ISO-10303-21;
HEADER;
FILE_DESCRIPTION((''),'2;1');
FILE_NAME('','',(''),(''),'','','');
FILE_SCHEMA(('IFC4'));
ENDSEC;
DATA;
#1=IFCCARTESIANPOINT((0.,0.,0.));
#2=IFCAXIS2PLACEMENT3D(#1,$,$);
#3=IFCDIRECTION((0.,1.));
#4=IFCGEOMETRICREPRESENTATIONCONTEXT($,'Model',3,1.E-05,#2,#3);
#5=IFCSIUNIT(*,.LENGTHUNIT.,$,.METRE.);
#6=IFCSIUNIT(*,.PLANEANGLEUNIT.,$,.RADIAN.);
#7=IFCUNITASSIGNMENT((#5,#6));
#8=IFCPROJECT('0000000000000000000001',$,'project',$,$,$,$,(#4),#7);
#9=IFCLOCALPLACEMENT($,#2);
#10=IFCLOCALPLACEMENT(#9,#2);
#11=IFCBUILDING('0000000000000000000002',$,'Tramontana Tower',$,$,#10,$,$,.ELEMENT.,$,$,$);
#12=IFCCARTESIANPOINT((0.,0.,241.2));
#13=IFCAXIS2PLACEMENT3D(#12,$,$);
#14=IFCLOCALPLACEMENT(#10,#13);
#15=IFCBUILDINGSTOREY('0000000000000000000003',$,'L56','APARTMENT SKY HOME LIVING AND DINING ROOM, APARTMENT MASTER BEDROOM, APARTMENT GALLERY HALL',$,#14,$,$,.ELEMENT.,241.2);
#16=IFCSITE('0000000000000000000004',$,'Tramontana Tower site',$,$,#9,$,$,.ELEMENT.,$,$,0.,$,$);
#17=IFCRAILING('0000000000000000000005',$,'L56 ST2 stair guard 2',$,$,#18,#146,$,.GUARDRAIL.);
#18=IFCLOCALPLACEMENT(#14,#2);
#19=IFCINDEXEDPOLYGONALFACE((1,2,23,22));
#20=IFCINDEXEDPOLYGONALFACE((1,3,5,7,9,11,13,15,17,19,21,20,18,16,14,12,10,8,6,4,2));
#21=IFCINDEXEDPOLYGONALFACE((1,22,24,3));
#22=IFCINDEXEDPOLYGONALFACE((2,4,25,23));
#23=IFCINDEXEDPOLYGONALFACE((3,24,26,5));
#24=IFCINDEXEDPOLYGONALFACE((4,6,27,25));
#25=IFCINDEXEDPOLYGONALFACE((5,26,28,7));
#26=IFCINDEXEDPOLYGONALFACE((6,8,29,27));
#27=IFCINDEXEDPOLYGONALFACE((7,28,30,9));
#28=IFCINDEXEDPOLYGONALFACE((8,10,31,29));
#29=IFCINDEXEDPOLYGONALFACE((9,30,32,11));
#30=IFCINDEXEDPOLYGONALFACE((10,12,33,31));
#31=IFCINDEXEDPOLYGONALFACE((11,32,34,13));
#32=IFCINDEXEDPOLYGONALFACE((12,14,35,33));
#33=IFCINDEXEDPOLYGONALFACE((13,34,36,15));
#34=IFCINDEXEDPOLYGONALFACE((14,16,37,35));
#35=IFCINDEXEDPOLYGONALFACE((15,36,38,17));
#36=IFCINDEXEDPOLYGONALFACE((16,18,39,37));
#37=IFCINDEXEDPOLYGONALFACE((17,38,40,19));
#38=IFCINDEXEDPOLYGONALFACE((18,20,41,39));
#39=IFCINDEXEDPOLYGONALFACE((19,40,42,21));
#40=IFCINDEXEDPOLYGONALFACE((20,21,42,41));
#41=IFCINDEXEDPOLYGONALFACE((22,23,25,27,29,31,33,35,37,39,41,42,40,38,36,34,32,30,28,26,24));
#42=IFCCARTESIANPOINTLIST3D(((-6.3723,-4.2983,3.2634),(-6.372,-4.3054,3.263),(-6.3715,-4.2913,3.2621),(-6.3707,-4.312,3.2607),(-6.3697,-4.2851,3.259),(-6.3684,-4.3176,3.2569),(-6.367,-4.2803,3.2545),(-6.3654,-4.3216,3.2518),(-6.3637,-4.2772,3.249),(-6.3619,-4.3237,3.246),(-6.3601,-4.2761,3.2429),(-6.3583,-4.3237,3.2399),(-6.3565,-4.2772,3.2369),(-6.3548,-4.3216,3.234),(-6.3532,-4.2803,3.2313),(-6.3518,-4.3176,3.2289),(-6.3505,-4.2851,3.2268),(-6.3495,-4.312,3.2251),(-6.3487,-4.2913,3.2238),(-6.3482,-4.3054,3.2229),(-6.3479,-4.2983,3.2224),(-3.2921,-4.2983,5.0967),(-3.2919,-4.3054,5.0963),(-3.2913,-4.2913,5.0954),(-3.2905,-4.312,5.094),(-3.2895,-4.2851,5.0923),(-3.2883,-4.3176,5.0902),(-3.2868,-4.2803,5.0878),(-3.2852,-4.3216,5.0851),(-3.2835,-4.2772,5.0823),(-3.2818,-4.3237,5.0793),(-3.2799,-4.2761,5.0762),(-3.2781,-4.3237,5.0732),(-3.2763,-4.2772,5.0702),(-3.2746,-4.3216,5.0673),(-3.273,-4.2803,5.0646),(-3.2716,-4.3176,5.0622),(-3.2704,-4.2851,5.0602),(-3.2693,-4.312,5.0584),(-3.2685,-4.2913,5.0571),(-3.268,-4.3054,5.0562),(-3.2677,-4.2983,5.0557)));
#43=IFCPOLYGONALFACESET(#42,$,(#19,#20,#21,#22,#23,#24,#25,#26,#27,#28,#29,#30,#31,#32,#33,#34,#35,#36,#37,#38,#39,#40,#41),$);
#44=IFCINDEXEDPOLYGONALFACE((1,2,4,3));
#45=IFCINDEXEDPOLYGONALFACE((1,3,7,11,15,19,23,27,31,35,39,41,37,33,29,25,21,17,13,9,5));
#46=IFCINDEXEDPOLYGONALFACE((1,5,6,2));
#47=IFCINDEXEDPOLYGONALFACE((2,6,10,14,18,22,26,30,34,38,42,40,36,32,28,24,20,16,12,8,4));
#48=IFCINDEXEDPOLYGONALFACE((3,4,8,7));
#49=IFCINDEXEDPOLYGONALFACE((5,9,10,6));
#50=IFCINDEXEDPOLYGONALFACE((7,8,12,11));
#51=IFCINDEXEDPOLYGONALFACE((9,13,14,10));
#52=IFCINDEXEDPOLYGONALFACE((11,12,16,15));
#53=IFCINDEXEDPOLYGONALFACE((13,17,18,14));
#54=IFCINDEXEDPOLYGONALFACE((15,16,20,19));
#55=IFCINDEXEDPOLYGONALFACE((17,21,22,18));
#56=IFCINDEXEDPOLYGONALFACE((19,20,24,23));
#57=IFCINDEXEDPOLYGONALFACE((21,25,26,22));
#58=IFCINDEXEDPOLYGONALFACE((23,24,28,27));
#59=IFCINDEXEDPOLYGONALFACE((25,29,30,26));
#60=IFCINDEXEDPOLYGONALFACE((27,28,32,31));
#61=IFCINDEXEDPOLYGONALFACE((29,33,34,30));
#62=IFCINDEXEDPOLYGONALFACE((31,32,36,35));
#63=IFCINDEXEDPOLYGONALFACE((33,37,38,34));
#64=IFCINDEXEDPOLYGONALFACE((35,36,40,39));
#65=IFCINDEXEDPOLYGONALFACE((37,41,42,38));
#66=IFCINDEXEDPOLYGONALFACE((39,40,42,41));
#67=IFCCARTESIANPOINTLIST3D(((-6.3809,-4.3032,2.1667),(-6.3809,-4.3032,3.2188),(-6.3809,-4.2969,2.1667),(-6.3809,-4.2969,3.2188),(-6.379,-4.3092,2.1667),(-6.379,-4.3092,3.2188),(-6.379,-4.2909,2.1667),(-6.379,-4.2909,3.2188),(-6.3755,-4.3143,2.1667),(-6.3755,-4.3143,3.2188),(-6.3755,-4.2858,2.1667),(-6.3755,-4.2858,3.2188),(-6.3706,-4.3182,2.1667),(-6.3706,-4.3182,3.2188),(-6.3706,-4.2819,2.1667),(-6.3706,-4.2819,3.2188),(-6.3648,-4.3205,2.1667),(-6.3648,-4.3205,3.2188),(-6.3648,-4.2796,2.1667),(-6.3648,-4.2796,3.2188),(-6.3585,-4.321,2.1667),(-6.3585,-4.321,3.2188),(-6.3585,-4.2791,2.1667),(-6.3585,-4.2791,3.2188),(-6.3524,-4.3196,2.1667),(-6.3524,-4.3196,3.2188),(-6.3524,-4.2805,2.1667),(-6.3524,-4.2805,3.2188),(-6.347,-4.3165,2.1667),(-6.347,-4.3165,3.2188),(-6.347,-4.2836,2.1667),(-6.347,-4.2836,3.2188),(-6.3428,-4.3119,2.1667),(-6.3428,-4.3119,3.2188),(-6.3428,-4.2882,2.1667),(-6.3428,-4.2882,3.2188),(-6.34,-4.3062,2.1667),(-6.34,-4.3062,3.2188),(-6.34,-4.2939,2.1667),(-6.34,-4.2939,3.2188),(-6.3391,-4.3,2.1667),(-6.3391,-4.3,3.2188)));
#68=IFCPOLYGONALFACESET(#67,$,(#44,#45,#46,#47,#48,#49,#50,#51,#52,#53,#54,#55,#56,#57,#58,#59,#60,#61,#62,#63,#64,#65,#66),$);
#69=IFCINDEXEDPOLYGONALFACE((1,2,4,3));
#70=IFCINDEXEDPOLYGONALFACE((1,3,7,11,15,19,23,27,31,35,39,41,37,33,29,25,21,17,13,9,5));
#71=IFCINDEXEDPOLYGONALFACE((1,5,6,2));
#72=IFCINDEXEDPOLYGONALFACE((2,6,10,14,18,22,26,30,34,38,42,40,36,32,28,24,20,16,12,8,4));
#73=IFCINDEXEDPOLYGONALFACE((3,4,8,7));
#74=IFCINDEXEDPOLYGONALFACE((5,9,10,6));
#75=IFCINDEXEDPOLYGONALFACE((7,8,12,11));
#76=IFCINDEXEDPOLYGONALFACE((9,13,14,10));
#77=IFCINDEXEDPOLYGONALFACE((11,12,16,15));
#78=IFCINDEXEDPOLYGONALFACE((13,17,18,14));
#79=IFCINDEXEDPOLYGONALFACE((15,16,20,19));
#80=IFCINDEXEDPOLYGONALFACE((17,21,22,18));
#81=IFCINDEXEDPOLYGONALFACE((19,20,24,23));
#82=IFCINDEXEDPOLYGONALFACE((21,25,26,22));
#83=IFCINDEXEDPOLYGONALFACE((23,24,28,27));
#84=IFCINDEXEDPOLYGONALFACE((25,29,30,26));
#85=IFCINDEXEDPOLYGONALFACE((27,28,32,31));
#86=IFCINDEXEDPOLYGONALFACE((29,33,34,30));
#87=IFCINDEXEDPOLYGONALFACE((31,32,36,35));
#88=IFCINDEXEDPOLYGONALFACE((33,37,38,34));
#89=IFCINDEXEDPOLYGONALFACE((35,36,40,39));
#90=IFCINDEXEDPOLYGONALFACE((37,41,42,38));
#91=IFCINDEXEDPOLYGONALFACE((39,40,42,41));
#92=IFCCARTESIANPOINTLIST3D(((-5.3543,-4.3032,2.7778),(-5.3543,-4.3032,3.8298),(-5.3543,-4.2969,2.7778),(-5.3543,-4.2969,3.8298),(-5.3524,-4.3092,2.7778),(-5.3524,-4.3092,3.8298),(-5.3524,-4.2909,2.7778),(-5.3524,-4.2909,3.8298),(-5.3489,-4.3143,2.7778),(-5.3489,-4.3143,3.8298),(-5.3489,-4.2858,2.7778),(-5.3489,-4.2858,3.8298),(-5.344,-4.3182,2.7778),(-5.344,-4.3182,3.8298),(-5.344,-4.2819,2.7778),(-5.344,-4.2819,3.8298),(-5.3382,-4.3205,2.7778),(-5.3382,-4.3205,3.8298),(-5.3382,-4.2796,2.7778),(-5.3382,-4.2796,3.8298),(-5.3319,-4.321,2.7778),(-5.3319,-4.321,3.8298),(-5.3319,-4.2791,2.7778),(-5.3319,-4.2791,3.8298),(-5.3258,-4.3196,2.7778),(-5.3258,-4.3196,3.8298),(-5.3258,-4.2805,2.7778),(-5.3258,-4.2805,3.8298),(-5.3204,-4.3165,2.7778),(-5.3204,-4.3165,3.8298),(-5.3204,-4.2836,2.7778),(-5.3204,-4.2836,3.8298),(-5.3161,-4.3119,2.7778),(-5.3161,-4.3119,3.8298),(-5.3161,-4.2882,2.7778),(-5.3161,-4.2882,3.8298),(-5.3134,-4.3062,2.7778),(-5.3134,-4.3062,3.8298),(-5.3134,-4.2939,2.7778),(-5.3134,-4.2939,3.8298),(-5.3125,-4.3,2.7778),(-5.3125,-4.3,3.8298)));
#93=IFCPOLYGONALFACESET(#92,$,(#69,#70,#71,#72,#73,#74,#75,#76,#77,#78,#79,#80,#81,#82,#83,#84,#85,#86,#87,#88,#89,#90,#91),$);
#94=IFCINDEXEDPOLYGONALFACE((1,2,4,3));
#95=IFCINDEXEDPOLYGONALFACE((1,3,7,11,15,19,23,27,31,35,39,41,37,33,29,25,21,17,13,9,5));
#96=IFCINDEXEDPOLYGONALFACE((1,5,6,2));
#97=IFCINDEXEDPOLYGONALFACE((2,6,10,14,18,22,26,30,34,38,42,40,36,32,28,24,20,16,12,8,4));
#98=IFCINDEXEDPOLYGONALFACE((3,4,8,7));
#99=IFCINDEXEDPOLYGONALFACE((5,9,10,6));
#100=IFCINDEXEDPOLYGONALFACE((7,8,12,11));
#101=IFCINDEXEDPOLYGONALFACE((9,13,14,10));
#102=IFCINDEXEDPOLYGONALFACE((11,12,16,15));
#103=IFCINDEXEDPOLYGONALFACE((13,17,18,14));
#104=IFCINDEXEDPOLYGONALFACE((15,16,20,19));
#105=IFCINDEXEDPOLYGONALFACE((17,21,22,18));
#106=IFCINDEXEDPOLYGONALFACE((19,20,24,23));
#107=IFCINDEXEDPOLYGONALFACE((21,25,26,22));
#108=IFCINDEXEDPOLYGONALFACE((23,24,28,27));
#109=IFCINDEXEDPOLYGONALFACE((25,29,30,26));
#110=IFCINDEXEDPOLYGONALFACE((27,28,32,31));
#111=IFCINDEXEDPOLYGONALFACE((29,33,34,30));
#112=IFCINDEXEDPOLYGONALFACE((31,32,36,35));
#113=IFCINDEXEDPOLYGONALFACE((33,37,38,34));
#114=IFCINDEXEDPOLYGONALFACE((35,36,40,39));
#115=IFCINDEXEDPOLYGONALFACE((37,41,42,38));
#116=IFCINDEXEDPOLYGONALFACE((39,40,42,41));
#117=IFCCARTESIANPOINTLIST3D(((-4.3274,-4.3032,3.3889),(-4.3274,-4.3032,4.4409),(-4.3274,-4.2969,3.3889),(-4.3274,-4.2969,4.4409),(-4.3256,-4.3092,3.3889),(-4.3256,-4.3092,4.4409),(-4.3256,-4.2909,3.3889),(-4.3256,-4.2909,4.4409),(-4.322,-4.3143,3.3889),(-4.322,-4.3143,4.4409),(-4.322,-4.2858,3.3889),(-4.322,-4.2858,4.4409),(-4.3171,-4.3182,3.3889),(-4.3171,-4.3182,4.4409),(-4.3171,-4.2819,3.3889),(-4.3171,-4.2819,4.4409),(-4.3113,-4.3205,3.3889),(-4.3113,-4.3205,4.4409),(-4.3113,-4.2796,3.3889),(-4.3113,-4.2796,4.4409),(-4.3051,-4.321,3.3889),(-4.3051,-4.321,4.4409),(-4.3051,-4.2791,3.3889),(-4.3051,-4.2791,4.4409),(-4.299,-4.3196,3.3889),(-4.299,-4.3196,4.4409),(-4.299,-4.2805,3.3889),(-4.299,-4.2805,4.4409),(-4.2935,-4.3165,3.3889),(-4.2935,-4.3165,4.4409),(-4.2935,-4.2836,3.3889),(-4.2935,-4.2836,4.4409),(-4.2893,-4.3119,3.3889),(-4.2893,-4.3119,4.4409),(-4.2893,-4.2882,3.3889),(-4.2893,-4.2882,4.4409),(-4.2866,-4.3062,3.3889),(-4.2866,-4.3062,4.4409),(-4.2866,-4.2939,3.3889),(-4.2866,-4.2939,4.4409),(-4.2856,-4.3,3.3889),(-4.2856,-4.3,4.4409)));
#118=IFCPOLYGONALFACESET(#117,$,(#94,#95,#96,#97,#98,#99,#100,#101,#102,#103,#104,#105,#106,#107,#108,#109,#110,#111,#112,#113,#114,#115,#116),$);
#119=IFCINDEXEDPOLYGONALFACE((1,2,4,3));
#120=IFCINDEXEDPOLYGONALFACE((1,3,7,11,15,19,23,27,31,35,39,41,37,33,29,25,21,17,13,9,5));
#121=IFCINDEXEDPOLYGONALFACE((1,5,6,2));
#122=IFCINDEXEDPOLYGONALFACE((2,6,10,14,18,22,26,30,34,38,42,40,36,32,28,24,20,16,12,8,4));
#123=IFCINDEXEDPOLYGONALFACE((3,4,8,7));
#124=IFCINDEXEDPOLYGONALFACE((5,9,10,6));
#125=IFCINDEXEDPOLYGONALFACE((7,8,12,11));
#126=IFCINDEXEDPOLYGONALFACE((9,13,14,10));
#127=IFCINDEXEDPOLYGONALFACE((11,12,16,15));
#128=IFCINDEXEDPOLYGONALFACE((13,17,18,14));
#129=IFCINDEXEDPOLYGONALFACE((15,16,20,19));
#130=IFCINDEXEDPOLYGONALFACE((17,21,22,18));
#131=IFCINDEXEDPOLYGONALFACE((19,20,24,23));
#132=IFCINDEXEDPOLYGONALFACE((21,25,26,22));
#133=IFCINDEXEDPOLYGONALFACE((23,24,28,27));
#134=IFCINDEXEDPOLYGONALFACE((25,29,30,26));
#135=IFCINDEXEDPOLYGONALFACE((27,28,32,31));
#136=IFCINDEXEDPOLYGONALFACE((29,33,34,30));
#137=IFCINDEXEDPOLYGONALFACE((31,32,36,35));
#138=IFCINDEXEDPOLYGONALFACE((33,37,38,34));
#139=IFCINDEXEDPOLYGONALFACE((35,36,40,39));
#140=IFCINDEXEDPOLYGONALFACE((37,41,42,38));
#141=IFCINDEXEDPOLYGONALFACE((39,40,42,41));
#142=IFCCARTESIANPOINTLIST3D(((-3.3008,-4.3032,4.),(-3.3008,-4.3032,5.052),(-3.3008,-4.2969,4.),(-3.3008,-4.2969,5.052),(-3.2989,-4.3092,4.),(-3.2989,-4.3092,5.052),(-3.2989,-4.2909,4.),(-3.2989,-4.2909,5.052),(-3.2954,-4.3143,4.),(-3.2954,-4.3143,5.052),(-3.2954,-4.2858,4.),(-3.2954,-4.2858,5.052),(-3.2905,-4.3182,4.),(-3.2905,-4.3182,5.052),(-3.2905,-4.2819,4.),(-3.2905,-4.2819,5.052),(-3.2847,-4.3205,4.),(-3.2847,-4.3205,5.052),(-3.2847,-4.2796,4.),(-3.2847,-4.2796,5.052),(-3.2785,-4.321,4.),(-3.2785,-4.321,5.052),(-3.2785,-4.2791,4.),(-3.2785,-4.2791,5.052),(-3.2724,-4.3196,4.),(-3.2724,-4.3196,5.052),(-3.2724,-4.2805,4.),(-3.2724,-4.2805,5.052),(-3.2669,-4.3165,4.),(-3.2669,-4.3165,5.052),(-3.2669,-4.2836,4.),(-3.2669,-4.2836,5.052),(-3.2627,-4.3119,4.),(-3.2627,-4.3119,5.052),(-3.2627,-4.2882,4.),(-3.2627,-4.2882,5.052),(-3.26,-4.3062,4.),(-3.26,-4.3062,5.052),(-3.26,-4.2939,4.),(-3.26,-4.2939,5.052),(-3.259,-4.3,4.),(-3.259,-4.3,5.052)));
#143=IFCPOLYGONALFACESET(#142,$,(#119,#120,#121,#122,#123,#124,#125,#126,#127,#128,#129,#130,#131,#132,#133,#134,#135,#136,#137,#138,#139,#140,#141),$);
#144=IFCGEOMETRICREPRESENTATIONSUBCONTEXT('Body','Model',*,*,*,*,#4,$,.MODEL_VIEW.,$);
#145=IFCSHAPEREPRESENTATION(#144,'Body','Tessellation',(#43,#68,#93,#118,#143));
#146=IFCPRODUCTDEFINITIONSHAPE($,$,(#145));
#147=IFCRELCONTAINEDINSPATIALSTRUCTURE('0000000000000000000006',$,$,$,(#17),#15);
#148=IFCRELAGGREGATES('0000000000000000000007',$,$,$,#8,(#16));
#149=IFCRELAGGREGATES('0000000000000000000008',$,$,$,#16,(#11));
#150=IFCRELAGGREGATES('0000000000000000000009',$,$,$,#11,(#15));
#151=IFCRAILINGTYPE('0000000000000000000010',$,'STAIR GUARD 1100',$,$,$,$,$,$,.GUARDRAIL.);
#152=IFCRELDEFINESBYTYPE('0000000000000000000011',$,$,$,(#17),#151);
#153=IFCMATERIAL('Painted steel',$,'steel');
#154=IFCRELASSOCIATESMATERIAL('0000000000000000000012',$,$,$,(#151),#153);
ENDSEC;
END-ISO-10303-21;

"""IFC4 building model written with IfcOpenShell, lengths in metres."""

from ifc_helpers import new_model, si_unit, direction, frame, origin, origin_2d, place, context, subcontext, project, spatial, circle, extrude, material, type_object, element, save


model = new_model("IFC4")

# Units and contexts
model_context = context("Model", 3, precision=1e-05, world=origin(), true_north=direction((0.0, 1.0)))
body_context = subcontext(model_context, "Body", "Model", "MODEL_VIEW")
ifc_project = project(units=[si_unit("LENGTHUNIT", "METRE"), si_unit("PLANEANGLEUNIT", "RADIAN")], contexts=[model_context])

# Site, building, storey
site_placement = place(None, origin())
site = spatial("IfcSite", under=ifc_project, at=site_placement, Name="Tramontana Tower site", CompositionType="ELEMENT", RefElevation=0.0)
building_placement = place(site_placement, origin())
building = spatial("IfcBuilding", under=site, at=building_placement, Name="Tramontana Tower", CompositionType="ELEMENT")
storey_placement = place(building_placement, frame((0.0, 0.0, 241.2)))
storey = spatial("IfcBuildingStorey", under=building, at=storey_placement, Name="L56", Description="APARTMENT SKY HOME LIVING AND DINING ROOM, APARTMENT MASTER BEDROOM, APARTMENT GALLERY HALL", CompositionType="ELEMENT", Elevation=241.2)

# Railing
ifc_material_1 = material(Name="Painted steel", Category="steel")
railing_type_1 = type_object("IfcRailingType", Name="STAIR GUARD 1100", PredefinedType="GUARDRAIL", material=ifc_material_1)
railing_1_placement = place(storey_placement, frame((-6.3601, -4.3, 2.1667)))
element("IfcRailing", 1, at=railing_1_placement, inside=storey, type_object=railing_type_1, Name="L56 ST2 stair guard 2", PredefinedType="GUARDRAIL", context=body_context, shape_type="SweptSolid", body=[
    extrude(circle(Radius=0.0239, at=origin_2d()), frame((0.0, 0.0, 1.0762), z_axis=(0.859309, 0.0, 0.511458), x_axis=(0.0, 1.0, 0.0)), (0.0, 0.0, 1.0), 3.5845),
    extrude(circle(Radius=0.021, at=origin_2d()), origin(), (0.0, 0.0, 1.0), 1.052),
    extrude(circle(Radius=0.021, at=origin_2d()), frame((1.0266, 0.0, 0.6111)), (0.0, 0.0, 1.0), 1.052),
    extrude(circle(Radius=0.021, at=origin_2d()), frame((2.0535, 0.0, 1.2222)), (0.0, 0.0, 1.0), 1.052),
    extrude(circle(Radius=0.021, at=origin_2d()), frame((3.0801, 0.0, 1.8333)), (0.0, 0.0, 1.0), 1.052),
])

save(model, "model.ifc")
